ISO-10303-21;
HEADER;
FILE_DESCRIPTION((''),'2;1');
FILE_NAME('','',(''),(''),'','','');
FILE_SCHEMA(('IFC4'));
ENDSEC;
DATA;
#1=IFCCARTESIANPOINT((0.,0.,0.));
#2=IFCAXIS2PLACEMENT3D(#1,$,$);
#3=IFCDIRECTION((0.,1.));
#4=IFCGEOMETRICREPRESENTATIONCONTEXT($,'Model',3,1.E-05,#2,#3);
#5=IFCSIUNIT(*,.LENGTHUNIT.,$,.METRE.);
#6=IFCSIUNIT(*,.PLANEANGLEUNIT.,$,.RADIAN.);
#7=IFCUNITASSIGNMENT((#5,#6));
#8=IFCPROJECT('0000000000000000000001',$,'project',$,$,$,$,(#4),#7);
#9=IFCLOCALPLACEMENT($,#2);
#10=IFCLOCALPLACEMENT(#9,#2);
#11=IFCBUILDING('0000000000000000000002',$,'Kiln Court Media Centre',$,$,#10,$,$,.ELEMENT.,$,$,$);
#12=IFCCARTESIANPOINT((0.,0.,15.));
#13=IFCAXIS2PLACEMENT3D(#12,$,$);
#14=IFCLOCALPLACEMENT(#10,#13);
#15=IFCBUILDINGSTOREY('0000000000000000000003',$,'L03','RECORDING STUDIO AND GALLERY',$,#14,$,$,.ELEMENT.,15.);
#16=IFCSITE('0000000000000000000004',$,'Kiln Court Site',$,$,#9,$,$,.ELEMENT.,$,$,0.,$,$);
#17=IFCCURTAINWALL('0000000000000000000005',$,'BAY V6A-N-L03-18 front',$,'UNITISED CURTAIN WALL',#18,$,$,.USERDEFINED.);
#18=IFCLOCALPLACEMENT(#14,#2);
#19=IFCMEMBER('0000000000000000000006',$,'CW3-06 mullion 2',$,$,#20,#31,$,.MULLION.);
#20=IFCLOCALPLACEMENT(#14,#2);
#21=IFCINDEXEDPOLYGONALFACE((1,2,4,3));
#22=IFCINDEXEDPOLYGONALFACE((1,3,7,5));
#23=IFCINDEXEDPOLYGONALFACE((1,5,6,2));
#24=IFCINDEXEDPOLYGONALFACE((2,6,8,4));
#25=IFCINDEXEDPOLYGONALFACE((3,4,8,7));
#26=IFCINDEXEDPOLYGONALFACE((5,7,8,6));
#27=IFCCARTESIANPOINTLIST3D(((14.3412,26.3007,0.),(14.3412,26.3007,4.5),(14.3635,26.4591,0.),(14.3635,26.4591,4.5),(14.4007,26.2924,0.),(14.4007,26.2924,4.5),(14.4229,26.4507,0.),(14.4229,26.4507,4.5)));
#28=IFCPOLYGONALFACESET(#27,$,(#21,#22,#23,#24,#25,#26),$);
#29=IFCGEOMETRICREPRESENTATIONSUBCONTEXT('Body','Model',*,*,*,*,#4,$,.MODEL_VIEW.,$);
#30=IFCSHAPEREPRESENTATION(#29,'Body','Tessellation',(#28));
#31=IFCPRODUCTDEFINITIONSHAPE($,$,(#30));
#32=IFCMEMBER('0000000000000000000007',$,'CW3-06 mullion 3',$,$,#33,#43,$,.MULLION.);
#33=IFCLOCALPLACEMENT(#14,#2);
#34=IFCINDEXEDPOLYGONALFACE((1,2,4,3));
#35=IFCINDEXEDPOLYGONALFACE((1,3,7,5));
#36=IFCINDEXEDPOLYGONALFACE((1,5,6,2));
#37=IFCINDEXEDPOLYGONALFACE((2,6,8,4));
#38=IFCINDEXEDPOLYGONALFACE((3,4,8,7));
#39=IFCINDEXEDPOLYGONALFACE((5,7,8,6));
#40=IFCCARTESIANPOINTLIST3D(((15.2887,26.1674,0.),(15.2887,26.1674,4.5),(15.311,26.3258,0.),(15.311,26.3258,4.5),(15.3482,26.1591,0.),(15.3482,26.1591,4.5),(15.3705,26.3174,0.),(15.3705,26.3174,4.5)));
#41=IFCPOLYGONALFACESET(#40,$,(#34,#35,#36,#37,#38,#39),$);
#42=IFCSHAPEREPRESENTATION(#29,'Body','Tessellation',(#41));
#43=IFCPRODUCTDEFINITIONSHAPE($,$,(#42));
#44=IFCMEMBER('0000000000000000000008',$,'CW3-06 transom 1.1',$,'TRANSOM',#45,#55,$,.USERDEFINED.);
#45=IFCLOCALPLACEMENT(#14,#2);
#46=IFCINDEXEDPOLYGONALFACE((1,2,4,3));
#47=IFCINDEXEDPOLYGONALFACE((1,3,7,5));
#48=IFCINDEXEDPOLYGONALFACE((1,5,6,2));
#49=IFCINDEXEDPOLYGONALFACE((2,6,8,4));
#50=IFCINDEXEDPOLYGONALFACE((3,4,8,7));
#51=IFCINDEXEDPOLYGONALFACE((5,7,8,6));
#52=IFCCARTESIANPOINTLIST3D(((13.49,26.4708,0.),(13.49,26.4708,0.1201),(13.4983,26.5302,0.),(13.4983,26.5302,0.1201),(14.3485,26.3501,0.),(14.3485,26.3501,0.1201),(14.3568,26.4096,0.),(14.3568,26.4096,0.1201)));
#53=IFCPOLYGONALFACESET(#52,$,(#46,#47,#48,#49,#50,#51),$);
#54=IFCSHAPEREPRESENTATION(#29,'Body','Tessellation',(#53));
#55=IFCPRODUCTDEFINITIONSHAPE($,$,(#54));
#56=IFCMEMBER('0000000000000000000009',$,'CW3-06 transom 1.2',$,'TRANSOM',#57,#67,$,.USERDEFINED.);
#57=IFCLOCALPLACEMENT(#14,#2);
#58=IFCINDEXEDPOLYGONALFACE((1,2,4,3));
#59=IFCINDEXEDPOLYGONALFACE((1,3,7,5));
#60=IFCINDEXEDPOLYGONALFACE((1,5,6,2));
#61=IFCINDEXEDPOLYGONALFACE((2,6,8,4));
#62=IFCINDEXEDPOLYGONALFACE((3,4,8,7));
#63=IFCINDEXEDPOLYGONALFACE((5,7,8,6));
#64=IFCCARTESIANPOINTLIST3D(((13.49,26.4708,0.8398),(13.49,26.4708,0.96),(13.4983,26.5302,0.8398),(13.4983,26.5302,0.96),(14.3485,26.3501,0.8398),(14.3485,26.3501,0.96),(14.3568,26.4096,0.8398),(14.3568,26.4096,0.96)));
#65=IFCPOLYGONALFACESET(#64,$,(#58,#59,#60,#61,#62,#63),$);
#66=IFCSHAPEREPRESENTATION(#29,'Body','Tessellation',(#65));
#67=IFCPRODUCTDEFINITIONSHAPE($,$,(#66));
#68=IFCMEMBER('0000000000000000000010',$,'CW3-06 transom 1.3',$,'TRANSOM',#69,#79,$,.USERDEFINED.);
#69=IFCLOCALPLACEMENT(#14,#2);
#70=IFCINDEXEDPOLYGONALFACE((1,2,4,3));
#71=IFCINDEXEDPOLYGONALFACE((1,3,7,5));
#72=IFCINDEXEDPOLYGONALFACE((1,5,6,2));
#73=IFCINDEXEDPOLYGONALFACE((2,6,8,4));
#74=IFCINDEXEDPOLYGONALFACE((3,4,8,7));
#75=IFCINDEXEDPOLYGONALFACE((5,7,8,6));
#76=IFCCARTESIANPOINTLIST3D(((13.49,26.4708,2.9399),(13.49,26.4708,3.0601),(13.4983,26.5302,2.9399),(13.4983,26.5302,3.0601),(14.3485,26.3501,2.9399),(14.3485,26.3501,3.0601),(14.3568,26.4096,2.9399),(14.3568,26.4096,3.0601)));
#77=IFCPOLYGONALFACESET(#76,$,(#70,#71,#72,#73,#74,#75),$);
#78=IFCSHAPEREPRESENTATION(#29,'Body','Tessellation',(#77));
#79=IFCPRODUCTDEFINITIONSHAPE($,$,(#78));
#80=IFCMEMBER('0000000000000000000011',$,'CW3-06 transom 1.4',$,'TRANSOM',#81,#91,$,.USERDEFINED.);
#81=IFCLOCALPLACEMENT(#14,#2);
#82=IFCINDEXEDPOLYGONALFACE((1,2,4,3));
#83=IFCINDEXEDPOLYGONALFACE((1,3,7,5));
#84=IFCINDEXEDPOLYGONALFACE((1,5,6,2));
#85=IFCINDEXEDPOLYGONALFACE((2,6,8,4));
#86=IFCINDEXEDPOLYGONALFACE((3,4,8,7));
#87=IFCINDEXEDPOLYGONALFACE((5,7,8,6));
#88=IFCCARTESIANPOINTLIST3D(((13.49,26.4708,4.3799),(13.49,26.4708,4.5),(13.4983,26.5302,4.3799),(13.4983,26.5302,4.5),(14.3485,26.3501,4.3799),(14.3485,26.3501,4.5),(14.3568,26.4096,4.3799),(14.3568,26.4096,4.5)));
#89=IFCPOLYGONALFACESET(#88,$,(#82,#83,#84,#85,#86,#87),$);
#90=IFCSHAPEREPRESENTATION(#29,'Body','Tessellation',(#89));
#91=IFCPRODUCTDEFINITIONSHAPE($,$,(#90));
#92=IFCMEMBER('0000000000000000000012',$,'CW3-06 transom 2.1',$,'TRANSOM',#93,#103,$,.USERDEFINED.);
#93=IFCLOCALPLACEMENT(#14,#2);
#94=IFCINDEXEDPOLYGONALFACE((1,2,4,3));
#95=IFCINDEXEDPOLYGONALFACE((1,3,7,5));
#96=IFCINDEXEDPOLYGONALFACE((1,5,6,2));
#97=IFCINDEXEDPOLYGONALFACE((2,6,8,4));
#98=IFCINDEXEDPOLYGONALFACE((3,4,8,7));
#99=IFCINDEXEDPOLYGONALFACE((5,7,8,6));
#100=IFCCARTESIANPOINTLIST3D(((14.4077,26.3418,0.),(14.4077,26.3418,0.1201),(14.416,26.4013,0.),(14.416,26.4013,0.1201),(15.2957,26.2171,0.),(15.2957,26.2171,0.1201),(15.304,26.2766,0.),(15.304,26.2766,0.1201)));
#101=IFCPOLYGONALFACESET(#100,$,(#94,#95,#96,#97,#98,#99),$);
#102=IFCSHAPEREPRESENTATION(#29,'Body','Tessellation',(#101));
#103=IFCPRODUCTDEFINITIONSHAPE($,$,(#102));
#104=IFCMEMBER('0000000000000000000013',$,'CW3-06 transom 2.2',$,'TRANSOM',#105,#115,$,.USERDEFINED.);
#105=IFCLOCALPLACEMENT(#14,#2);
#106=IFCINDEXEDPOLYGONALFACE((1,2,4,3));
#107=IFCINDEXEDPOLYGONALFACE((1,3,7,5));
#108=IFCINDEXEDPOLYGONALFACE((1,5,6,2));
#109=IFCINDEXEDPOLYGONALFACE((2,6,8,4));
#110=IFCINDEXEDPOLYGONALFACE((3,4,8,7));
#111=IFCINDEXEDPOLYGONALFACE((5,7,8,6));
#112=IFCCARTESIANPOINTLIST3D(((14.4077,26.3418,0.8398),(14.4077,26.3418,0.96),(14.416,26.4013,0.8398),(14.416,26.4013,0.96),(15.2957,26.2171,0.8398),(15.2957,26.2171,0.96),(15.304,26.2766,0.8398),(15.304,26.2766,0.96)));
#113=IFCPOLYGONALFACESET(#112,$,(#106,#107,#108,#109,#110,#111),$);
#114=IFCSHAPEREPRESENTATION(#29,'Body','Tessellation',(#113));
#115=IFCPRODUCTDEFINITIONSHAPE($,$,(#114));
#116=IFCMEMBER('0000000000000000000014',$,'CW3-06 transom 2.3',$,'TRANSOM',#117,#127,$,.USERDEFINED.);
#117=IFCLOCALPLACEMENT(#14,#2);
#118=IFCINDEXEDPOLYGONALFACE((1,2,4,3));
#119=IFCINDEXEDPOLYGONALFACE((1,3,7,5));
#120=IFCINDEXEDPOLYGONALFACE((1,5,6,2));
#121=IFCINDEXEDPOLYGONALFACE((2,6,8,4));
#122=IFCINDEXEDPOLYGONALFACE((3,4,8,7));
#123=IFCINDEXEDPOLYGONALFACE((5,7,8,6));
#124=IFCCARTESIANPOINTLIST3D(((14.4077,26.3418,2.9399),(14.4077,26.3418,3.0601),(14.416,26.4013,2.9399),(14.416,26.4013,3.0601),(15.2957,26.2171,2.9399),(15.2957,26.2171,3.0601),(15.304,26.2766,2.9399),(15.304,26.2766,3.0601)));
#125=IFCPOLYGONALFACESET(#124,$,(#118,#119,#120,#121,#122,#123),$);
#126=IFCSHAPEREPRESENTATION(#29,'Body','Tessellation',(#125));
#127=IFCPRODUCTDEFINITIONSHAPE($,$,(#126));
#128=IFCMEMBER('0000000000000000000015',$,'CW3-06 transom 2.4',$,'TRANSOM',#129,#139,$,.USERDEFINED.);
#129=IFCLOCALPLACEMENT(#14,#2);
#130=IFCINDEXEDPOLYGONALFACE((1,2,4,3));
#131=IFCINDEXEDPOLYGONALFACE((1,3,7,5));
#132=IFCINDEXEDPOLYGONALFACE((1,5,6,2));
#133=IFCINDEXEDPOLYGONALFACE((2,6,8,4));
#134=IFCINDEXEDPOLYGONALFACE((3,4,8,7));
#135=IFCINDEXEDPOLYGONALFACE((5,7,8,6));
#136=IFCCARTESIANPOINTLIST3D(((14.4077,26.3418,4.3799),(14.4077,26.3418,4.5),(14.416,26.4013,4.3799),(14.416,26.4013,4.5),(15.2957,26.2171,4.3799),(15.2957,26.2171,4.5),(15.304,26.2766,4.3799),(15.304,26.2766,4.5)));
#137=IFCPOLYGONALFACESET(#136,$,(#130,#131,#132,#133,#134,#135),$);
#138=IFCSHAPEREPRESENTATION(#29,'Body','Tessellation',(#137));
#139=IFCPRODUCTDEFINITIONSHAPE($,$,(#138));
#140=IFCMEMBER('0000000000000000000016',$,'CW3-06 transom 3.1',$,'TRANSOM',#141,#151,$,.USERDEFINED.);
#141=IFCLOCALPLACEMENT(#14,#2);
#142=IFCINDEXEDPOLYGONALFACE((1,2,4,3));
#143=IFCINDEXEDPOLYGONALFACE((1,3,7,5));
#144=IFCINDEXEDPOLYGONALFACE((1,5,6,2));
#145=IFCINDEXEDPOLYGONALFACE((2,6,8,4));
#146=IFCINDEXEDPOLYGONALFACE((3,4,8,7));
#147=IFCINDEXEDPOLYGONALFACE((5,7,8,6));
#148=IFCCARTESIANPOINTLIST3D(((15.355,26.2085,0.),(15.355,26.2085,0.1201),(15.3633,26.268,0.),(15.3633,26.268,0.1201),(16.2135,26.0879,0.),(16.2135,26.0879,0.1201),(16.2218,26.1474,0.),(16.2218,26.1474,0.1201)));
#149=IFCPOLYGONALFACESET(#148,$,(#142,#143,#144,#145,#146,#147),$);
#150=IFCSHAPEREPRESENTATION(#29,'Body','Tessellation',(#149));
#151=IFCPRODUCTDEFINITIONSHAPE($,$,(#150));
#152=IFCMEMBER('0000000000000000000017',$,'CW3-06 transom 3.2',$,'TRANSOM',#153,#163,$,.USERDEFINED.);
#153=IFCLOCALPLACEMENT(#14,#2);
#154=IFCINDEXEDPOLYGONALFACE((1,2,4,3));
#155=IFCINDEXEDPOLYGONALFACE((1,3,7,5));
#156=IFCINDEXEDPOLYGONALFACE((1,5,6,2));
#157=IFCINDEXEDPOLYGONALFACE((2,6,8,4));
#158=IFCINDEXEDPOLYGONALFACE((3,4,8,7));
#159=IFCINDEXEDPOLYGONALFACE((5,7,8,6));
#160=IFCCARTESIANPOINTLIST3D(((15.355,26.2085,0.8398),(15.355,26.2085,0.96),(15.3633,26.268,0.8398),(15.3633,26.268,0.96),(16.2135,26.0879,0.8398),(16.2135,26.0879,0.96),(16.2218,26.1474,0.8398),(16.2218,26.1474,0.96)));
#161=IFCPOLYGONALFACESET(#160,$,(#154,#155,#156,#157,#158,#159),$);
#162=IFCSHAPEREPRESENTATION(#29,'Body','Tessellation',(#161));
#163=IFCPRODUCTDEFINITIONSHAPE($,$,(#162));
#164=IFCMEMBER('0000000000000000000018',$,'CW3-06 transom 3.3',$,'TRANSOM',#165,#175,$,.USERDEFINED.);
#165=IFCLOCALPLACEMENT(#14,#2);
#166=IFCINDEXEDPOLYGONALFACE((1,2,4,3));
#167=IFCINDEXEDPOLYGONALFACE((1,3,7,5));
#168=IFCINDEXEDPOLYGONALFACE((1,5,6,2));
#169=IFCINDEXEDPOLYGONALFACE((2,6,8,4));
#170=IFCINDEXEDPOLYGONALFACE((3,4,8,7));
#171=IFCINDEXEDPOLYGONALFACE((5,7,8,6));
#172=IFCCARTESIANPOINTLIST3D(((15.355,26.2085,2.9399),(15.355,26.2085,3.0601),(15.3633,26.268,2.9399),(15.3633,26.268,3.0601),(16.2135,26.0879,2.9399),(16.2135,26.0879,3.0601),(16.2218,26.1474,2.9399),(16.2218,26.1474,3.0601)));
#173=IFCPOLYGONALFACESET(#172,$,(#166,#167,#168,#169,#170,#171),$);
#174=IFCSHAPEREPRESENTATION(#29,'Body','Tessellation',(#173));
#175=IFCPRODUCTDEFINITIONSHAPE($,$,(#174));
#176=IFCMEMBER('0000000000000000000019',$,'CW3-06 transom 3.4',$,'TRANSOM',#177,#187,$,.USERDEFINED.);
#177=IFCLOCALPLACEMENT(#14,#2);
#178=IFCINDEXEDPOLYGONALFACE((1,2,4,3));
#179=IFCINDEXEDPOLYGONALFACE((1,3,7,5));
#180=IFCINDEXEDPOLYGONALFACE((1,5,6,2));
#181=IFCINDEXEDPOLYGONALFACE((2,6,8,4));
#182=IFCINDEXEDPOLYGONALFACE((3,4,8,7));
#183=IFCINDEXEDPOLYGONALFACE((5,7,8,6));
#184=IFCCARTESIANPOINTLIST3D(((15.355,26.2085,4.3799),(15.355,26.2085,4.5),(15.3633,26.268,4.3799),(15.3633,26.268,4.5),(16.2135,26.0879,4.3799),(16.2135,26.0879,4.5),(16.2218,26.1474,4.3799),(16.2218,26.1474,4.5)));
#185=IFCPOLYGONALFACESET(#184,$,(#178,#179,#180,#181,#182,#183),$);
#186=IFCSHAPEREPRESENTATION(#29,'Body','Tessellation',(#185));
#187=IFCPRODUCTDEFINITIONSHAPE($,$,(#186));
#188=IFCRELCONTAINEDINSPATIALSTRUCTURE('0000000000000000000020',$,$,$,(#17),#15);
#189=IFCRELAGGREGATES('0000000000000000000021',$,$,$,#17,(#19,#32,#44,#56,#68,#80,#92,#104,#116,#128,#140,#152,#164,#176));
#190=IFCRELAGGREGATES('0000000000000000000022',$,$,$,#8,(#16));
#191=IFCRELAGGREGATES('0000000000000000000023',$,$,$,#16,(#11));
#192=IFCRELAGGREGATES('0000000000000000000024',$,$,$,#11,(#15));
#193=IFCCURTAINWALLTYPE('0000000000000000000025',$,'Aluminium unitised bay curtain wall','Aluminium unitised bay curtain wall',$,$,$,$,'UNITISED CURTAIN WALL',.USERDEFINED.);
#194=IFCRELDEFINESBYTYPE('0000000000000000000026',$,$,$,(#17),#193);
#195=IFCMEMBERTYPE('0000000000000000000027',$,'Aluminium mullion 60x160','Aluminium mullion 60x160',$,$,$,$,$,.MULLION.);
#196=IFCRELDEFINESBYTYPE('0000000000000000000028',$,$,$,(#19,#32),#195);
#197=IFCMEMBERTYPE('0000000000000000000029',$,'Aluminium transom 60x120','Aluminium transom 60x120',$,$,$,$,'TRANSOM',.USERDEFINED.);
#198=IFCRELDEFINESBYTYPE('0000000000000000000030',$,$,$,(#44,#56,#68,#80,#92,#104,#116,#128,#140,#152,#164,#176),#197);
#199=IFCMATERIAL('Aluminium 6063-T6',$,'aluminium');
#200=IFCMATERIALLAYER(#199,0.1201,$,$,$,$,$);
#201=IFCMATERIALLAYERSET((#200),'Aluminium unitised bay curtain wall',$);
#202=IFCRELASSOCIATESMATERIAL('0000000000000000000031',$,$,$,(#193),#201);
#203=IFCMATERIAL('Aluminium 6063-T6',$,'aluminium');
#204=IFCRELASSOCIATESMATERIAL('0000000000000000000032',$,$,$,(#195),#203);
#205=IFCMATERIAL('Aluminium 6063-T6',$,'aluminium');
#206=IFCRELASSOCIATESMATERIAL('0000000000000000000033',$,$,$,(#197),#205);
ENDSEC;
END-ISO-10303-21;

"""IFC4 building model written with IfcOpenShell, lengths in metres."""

from ifc_helpers import new_model, si_unit, direction, frame, origin, origin_2d, place, context, subcontext, project, spatial, rectangle, extrude, material, layer, layer_set, material_profile, profile_set, type_object, element, aggregate, save


model = new_model("IFC4")

# Units and contexts
model_context = context("Model", 3, precision=1e-05, world=origin(), true_north=direction((0.0, 1.0)))
body_context = subcontext(model_context, "Body", "Model", "MODEL_VIEW")
ifc_project = project(units=[si_unit("LENGTHUNIT", "METRE"), si_unit("PLANEANGLEUNIT", "RADIAN")], contexts=[model_context])

# Site, building, storey
site_placement = place(None, origin())
site = spatial("IfcSite", under=ifc_project, at=site_placement, Name="Kiln Court Site", CompositionType="ELEMENT", RefElevation=0.0)
building_placement = place(site_placement, origin())
building = spatial("IfcBuilding", under=site, at=building_placement, Name="Kiln Court Media Centre", CompositionType="ELEMENT")
storey_placement = place(building_placement, frame((0.0, 0.0, 15.0)))
storey = spatial("IfcBuildingStorey", under=building, at=storey_placement, Name="L03", Description="RECORDING STUDIO AND GALLERY", CompositionType="ELEMENT", Elevation=15.0)

# Curtain wall, members
ifc_material_1 = material(Name="Aluminium 6063-T6", Category="aluminium")
ifc_layer_1 = layer(ifc_material_1, 0.1201)
ifc_layer_set_1 = layer_set([ifc_layer_1], Name="Aluminium unitised bay curtain wall")
curtain_wall_type = type_object("IfcCurtainWallType", Name="Aluminium unitised bay curtain wall", Description="Aluminium unitised bay curtain wall", ElementType="UNITISED CURTAIN WALL", PredefinedType="USERDEFINED", material=ifc_layer_set_1)
curtain_wall_placement = place(storey_placement, origin())
curtain_wall = element("IfcCurtainWall", 1, at=curtain_wall_placement, inside=storey, type_object=curtain_wall_type, Name="BAY V6A-N-L03-18 front", ObjectType="UNITISED CURTAIN WALL", PredefinedType="USERDEFINED")
ifc_material_2 = material(Name="Aluminium 6063-T6", Category="aluminium")
ifc_material_profile_1 = material_profile(ifc_material_2, rectangle(XDim=0.0601, YDim=0.1599, at=origin_2d()), Name="Aluminium mullion 60x160")
ifc_profile_set_1 = profile_set([ifc_material_profile_1], Name="Aluminium 6063-T6")
member_type_1 = type_object("IfcMemberType", Name="Aluminium mullion 60x160", Description="Aluminium mullion 60x160", PredefinedType="MULLION", material=ifc_profile_set_1)
member_1_placement = place(storey_placement, frame((14.3821, 26.3757, 0.0), z_axis=(0.0, 0.0, 1.0), x_axis=(0.99027, -0.139162, 0.0)))
member_1 = element("IfcMember", 2, at=member_1_placement, type_object=member_type_1, Name="CW3-06 mullion 2", PredefinedType="MULLION", context=body_context, shape_type="SweptSolid", body=[
    extrude(rectangle(XDim=0.0601, YDim=0.1599, at=origin_2d()), origin(), (0.0, 0.0, 1.0), 4.5),
])
member_2_placement = place(storey_placement, frame((15.3296, 26.2424, 0.0), z_axis=(0.0, 0.0, 1.0), x_axis=(0.99027, -0.139162, 0.0)))
member_2 = element("IfcMember", 3, at=member_2_placement, type_object=member_type_1, Name="CW3-06 mullion 3", PredefinedType="MULLION", context=body_context, shape_type="SweptSolid", body=[
    extrude(rectangle(XDim=0.0601, YDim=0.1599, at=origin_2d()), origin(), (0.0, 0.0, 1.0), 4.5),
])
ifc_material_3 = material(Name="Aluminium 6063-T6", Category="aluminium")
ifc_material_profile_2 = material_profile(ifc_material_3, rectangle(XDim=0.0601, YDim=0.1201, at=origin_2d()), Name="Aluminium transom 60x120")
ifc_profile_set_2 = profile_set([ifc_material_profile_2], Name="Aluminium 6063-T6")
member_type_2 = type_object("IfcMemberType", Name="Aluminium transom 60x120", Description="Aluminium transom 60x120", ElementType="TRANSOM", PredefinedType="USERDEFINED", material=ifc_profile_set_2)
member_3_placement = place(storey_placement, frame((13.4941, 26.5005, 0.0601), z_axis=(0.990274, -0.139134, 0.0), x_axis=(0.139134, 0.990274, 0.0)))
member_3 = element("IfcMember", 4, at=member_3_placement, type_object=member_type_2, Name="CW3-06 transom 1.1", ObjectType="TRANSOM", PredefinedType="USERDEFINED", context=body_context, shape_type="SweptSolid", body=[
    extrude(rectangle(XDim=0.0601, YDim=0.1201, at=origin_2d()), origin(), (0.0, 0.0, 1.0), 0.8669),
])
member_4_placement = place(storey_placement, frame((13.4941, 26.5005, 0.8999), z_axis=(0.990274, -0.139134, 0.0), x_axis=(0.139134, 0.990274, 0.0)))
member_4 = element("IfcMember", 5, at=member_4_placement, type_object=member_type_2, Name="CW3-06 transom 1.2", ObjectType="TRANSOM", PredefinedType="USERDEFINED", context=body_context, shape_type="SweptSolid", body=[
    extrude(rectangle(XDim=0.0601, YDim=0.1201, at=origin_2d()), origin(), (0.0, 0.0, 1.0), 0.8669),
])
member_5_placement = place(storey_placement, frame((13.4941, 26.5005, 3.0), z_axis=(0.990274, -0.139134, 0.0), x_axis=(0.139134, 0.990274, 0.0)))
member_5 = element("IfcMember", 6, at=member_5_placement, type_object=member_type_2, Name="CW3-06 transom 1.3", ObjectType="TRANSOM", PredefinedType="USERDEFINED", context=body_context, shape_type="SweptSolid", body=[
    extrude(rectangle(XDim=0.0601, YDim=0.1201, at=origin_2d()), origin(), (0.0, 0.0, 1.0), 0.8669),
])
member_6_placement = place(storey_placement, frame((13.4941, 26.5005, 4.4399), z_axis=(0.990274, -0.139134, 0.0), x_axis=(0.139134, 0.990274, 0.0)))
member_6 = element("IfcMember", 7, at=member_6_placement, type_object=member_type_2, Name="CW3-06 transom 1.4", ObjectType="TRANSOM", PredefinedType="USERDEFINED", context=body_context, shape_type="SweptSolid", body=[
    extrude(rectangle(XDim=0.0601, YDim=0.1201, at=origin_2d()), origin(), (0.0, 0.0, 1.0), 0.8669),
])
member_7_placement = place(storey_placement, frame((14.4119, 26.3716, 0.0601), z_axis=(0.990274, -0.139134, 0.0), x_axis=(0.139134, 0.990274, 0.0)))
member_7 = element("IfcMember", 8, at=member_7_placement, type_object=member_type_2, Name="CW3-06 transom 2.1", ObjectType="TRANSOM", PredefinedType="USERDEFINED", context=body_context, shape_type="SweptSolid", body=[
    extrude(rectangle(XDim=0.0601, YDim=0.1201, at=origin_2d()), origin(), (0.0, 0.0, 1.0), 0.8967),
])
member_8_placement = place(storey_placement, frame((14.4119, 26.3716, 0.8999), z_axis=(0.990274, -0.139134, 0.0), x_axis=(0.139134, 0.990274, 0.0)))
member_8 = element("IfcMember", 9, at=member_8_placement, type_object=member_type_2, Name="CW3-06 transom 2.2", ObjectType="TRANSOM", PredefinedType="USERDEFINED", context=body_context, shape_type="SweptSolid", body=[
    extrude(rectangle(XDim=0.0601, YDim=0.1201, at=origin_2d()), origin(), (0.0, 0.0, 1.0), 0.8967),
])
member_9_placement = place(storey_placement, frame((14.4119, 26.3716, 3.0), z_axis=(0.990274, -0.139134, 0.0), x_axis=(0.139134, 0.990274, 0.0)))
member_9 = element("IfcMember", 10, at=member_9_placement, type_object=member_type_2, Name="CW3-06 transom 2.3", ObjectType="TRANSOM", PredefinedType="USERDEFINED", context=body_context, shape_type="SweptSolid", body=[
    extrude(rectangle(XDim=0.0601, YDim=0.1201, at=origin_2d()), origin(), (0.0, 0.0, 1.0), 0.8967),
])
member_10_placement = place(storey_placement, frame((14.4119, 26.3716, 4.4399), z_axis=(0.990274, -0.139134, 0.0), x_axis=(0.139134, 0.990274, 0.0)))
member_10 = element("IfcMember", 11, at=member_10_placement, type_object=member_type_2, Name="CW3-06 transom 2.4", ObjectType="TRANSOM", PredefinedType="USERDEFINED", context=body_context, shape_type="SweptSolid", body=[
    extrude(rectangle(XDim=0.0601, YDim=0.1201, at=origin_2d()), origin(), (0.0, 0.0, 1.0), 0.8967),
])
member_11_placement = place(storey_placement, frame((15.3591, 26.2383, 0.0601), z_axis=(0.990274, -0.139134, 0.0), x_axis=(0.139134, 0.990274, 0.0)))
member_11 = element("IfcMember", 12, at=member_11_placement, type_object=member_type_2, Name="CW3-06 transom 3.1", ObjectType="TRANSOM", PredefinedType="USERDEFINED", context=body_context, shape_type="SweptSolid", body=[
    extrude(rectangle(XDim=0.0601, YDim=0.1201, at=origin_2d()), origin(), (0.0, 0.0, 1.0), 0.8669),
])
member_12_placement = place(storey_placement, frame((15.3591, 26.2383, 0.8999), z_axis=(0.990274, -0.139134, 0.0), x_axis=(0.139134, 0.990274, 0.0)))
member_12 = element("IfcMember", 13, at=member_12_placement, type_object=member_type_2, Name="CW3-06 transom 3.2", ObjectType="TRANSOM", PredefinedType="USERDEFINED", context=body_context, shape_type="SweptSolid", body=[
    extrude(rectangle(XDim=0.0601, YDim=0.1201, at=origin_2d()), origin(), (0.0, 0.0, 1.0), 0.8669),
])
member_13_placement = place(storey_placement, frame((15.3591, 26.2383, 3.0), z_axis=(0.990274, -0.139134, 0.0), x_axis=(0.139134, 0.990274, 0.0)))
member_13 = element("IfcMember", 14, at=member_13_placement, type_object=member_type_2, Name="CW3-06 transom 3.3", ObjectType="TRANSOM", PredefinedType="USERDEFINED", context=body_context, shape_type="SweptSolid", body=[
    extrude(rectangle(XDim=0.0601, YDim=0.1201, at=origin_2d()), origin(), (0.0, 0.0, 1.0), 0.8669),
])
member_14_placement = place(storey_placement, frame((15.3591, 26.2383, 4.4399), z_axis=(0.990274, -0.139134, 0.0), x_axis=(0.139134, 0.990274, 0.0)))
member_14 = element("IfcMember", 15, at=member_14_placement, type_object=member_type_2, Name="CW3-06 transom 3.4", ObjectType="TRANSOM", PredefinedType="USERDEFINED", context=body_context, shape_type="SweptSolid", body=[
    extrude(rectangle(XDim=0.0601, YDim=0.1201, at=origin_2d()), origin(), (0.0, 0.0, 1.0), 0.8669),
])
aggregate(curtain_wall, [member_1, member_2, member_3, member_4, member_5, member_6, member_7, member_8, member_9, member_10, member_11, member_12, member_13, member_14])

save(model, "model.ifc")
